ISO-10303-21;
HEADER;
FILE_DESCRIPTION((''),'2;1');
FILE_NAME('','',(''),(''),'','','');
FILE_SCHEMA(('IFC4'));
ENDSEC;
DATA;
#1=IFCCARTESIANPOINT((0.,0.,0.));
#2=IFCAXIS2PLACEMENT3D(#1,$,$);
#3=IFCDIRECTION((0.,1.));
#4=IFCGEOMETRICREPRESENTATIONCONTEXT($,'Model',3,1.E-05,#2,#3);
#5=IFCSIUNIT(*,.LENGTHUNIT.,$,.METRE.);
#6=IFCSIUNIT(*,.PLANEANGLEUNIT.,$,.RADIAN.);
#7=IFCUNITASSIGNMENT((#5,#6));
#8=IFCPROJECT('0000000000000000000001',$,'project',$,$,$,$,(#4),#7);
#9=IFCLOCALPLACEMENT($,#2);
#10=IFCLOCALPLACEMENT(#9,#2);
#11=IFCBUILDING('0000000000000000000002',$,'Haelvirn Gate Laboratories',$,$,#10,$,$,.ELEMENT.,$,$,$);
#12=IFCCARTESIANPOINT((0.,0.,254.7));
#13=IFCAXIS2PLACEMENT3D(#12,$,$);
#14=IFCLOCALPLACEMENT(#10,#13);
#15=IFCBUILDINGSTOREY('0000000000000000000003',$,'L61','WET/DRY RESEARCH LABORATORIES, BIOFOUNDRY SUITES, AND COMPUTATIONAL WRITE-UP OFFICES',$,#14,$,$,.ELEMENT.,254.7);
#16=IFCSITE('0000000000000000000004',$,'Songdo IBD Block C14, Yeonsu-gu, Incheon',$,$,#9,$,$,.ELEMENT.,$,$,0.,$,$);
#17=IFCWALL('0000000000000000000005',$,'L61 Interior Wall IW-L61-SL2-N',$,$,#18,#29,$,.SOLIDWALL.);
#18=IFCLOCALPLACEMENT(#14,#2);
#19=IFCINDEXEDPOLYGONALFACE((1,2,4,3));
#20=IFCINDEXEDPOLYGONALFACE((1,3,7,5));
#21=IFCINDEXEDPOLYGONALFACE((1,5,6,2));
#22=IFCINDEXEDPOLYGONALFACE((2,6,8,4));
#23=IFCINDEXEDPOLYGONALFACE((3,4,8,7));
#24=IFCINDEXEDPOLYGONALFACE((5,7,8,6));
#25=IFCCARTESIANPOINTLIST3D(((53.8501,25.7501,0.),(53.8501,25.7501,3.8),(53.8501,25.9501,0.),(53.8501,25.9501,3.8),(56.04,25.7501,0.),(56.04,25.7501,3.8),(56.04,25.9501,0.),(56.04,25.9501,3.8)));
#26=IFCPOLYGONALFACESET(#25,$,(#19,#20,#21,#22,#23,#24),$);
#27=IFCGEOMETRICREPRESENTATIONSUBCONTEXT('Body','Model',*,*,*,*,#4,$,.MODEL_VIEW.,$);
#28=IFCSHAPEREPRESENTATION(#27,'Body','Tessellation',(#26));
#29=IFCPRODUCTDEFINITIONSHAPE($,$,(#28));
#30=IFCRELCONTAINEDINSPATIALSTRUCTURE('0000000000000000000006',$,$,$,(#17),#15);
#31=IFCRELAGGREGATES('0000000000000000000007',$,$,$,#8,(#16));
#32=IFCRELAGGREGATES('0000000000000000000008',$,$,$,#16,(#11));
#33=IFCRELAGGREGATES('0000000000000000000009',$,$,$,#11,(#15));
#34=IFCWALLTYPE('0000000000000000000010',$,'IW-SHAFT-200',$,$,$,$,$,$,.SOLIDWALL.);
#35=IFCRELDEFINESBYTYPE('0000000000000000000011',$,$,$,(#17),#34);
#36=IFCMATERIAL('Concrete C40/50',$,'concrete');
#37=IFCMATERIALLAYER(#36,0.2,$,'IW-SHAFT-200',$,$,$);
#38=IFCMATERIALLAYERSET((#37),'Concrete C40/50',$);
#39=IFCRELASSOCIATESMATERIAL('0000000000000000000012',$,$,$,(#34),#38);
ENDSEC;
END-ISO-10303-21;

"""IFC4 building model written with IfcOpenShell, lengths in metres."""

from ifc_helpers import new_model, si_unit, direction, frame, frame_2d, origin, place, context, subcontext, project, spatial, rectangle, extrude, material, layer, layer_set, type_object, element, save


model = new_model("IFC4")

# Units and contexts
model_context = context("Model", 3, precision=1e-05, world=origin(), true_north=direction((0.0, 1.0)))
body_context = subcontext(model_context, "Body", "Model", "MODEL_VIEW")
ifc_project = project(units=[si_unit("LENGTHUNIT", "METRE"), si_unit("PLANEANGLEUNIT", "RADIAN")], contexts=[model_context])

# Site, building, storey
site_placement = place(None, origin())
site = spatial("IfcSite", under=ifc_project, at=site_placement, Name="Songdo IBD Block C14, Yeonsu-gu, Incheon", CompositionType="ELEMENT", RefElevation=0.0)
building_placement = place(site_placement, origin())
building = spatial("IfcBuilding", under=site, at=building_placement, Name="Haelvirn Gate Laboratories", CompositionType="ELEMENT")
storey_placement = place(building_placement, frame((0.0, 0.0, 254.7)))
storey = spatial("IfcBuildingStorey", under=building, at=storey_placement, Name="L61", Description="WET/DRY RESEARCH LABORATORIES, BIOFOUNDRY SUITES, AND COMPUTATIONAL WRITE-UP OFFICES", CompositionType="ELEMENT", Elevation=254.7)

# Wall
ifc_material_1 = material(Name="Concrete C40/50", Category="concrete")
ifc_layer_1 = layer(ifc_material_1, 0.2, Name="IW-SHAFT-200")
ifc_layer_set_1 = layer_set([ifc_layer_1], Name="Concrete C40/50")
wall_type_1 = type_object("IfcWallType", Name="IW-SHAFT-200", PredefinedType="SOLIDWALL", material=ifc_layer_set_1)
wall_1_placement = place(storey_placement, frame((53.8501, 25.8501, 0.0), z_axis=(0.0, 0.0, 1.0), x_axis=(1.0, 0.0, 0.0)))
element("IfcWall", 1, at=wall_1_placement, inside=storey, type_object=wall_type_1, Name="L61 Interior Wall IW-L61-SL2-N", PredefinedType="SOLIDWALL", context=body_context, shape_type="SweptSolid", body=[
    extrude(rectangle(XDim=2.1899, YDim=0.2, at=frame_2d((1.095, 0.0))), origin(), (0.0, 0.0, 1.0), 3.8),
])

save(model, "model.ifc")
